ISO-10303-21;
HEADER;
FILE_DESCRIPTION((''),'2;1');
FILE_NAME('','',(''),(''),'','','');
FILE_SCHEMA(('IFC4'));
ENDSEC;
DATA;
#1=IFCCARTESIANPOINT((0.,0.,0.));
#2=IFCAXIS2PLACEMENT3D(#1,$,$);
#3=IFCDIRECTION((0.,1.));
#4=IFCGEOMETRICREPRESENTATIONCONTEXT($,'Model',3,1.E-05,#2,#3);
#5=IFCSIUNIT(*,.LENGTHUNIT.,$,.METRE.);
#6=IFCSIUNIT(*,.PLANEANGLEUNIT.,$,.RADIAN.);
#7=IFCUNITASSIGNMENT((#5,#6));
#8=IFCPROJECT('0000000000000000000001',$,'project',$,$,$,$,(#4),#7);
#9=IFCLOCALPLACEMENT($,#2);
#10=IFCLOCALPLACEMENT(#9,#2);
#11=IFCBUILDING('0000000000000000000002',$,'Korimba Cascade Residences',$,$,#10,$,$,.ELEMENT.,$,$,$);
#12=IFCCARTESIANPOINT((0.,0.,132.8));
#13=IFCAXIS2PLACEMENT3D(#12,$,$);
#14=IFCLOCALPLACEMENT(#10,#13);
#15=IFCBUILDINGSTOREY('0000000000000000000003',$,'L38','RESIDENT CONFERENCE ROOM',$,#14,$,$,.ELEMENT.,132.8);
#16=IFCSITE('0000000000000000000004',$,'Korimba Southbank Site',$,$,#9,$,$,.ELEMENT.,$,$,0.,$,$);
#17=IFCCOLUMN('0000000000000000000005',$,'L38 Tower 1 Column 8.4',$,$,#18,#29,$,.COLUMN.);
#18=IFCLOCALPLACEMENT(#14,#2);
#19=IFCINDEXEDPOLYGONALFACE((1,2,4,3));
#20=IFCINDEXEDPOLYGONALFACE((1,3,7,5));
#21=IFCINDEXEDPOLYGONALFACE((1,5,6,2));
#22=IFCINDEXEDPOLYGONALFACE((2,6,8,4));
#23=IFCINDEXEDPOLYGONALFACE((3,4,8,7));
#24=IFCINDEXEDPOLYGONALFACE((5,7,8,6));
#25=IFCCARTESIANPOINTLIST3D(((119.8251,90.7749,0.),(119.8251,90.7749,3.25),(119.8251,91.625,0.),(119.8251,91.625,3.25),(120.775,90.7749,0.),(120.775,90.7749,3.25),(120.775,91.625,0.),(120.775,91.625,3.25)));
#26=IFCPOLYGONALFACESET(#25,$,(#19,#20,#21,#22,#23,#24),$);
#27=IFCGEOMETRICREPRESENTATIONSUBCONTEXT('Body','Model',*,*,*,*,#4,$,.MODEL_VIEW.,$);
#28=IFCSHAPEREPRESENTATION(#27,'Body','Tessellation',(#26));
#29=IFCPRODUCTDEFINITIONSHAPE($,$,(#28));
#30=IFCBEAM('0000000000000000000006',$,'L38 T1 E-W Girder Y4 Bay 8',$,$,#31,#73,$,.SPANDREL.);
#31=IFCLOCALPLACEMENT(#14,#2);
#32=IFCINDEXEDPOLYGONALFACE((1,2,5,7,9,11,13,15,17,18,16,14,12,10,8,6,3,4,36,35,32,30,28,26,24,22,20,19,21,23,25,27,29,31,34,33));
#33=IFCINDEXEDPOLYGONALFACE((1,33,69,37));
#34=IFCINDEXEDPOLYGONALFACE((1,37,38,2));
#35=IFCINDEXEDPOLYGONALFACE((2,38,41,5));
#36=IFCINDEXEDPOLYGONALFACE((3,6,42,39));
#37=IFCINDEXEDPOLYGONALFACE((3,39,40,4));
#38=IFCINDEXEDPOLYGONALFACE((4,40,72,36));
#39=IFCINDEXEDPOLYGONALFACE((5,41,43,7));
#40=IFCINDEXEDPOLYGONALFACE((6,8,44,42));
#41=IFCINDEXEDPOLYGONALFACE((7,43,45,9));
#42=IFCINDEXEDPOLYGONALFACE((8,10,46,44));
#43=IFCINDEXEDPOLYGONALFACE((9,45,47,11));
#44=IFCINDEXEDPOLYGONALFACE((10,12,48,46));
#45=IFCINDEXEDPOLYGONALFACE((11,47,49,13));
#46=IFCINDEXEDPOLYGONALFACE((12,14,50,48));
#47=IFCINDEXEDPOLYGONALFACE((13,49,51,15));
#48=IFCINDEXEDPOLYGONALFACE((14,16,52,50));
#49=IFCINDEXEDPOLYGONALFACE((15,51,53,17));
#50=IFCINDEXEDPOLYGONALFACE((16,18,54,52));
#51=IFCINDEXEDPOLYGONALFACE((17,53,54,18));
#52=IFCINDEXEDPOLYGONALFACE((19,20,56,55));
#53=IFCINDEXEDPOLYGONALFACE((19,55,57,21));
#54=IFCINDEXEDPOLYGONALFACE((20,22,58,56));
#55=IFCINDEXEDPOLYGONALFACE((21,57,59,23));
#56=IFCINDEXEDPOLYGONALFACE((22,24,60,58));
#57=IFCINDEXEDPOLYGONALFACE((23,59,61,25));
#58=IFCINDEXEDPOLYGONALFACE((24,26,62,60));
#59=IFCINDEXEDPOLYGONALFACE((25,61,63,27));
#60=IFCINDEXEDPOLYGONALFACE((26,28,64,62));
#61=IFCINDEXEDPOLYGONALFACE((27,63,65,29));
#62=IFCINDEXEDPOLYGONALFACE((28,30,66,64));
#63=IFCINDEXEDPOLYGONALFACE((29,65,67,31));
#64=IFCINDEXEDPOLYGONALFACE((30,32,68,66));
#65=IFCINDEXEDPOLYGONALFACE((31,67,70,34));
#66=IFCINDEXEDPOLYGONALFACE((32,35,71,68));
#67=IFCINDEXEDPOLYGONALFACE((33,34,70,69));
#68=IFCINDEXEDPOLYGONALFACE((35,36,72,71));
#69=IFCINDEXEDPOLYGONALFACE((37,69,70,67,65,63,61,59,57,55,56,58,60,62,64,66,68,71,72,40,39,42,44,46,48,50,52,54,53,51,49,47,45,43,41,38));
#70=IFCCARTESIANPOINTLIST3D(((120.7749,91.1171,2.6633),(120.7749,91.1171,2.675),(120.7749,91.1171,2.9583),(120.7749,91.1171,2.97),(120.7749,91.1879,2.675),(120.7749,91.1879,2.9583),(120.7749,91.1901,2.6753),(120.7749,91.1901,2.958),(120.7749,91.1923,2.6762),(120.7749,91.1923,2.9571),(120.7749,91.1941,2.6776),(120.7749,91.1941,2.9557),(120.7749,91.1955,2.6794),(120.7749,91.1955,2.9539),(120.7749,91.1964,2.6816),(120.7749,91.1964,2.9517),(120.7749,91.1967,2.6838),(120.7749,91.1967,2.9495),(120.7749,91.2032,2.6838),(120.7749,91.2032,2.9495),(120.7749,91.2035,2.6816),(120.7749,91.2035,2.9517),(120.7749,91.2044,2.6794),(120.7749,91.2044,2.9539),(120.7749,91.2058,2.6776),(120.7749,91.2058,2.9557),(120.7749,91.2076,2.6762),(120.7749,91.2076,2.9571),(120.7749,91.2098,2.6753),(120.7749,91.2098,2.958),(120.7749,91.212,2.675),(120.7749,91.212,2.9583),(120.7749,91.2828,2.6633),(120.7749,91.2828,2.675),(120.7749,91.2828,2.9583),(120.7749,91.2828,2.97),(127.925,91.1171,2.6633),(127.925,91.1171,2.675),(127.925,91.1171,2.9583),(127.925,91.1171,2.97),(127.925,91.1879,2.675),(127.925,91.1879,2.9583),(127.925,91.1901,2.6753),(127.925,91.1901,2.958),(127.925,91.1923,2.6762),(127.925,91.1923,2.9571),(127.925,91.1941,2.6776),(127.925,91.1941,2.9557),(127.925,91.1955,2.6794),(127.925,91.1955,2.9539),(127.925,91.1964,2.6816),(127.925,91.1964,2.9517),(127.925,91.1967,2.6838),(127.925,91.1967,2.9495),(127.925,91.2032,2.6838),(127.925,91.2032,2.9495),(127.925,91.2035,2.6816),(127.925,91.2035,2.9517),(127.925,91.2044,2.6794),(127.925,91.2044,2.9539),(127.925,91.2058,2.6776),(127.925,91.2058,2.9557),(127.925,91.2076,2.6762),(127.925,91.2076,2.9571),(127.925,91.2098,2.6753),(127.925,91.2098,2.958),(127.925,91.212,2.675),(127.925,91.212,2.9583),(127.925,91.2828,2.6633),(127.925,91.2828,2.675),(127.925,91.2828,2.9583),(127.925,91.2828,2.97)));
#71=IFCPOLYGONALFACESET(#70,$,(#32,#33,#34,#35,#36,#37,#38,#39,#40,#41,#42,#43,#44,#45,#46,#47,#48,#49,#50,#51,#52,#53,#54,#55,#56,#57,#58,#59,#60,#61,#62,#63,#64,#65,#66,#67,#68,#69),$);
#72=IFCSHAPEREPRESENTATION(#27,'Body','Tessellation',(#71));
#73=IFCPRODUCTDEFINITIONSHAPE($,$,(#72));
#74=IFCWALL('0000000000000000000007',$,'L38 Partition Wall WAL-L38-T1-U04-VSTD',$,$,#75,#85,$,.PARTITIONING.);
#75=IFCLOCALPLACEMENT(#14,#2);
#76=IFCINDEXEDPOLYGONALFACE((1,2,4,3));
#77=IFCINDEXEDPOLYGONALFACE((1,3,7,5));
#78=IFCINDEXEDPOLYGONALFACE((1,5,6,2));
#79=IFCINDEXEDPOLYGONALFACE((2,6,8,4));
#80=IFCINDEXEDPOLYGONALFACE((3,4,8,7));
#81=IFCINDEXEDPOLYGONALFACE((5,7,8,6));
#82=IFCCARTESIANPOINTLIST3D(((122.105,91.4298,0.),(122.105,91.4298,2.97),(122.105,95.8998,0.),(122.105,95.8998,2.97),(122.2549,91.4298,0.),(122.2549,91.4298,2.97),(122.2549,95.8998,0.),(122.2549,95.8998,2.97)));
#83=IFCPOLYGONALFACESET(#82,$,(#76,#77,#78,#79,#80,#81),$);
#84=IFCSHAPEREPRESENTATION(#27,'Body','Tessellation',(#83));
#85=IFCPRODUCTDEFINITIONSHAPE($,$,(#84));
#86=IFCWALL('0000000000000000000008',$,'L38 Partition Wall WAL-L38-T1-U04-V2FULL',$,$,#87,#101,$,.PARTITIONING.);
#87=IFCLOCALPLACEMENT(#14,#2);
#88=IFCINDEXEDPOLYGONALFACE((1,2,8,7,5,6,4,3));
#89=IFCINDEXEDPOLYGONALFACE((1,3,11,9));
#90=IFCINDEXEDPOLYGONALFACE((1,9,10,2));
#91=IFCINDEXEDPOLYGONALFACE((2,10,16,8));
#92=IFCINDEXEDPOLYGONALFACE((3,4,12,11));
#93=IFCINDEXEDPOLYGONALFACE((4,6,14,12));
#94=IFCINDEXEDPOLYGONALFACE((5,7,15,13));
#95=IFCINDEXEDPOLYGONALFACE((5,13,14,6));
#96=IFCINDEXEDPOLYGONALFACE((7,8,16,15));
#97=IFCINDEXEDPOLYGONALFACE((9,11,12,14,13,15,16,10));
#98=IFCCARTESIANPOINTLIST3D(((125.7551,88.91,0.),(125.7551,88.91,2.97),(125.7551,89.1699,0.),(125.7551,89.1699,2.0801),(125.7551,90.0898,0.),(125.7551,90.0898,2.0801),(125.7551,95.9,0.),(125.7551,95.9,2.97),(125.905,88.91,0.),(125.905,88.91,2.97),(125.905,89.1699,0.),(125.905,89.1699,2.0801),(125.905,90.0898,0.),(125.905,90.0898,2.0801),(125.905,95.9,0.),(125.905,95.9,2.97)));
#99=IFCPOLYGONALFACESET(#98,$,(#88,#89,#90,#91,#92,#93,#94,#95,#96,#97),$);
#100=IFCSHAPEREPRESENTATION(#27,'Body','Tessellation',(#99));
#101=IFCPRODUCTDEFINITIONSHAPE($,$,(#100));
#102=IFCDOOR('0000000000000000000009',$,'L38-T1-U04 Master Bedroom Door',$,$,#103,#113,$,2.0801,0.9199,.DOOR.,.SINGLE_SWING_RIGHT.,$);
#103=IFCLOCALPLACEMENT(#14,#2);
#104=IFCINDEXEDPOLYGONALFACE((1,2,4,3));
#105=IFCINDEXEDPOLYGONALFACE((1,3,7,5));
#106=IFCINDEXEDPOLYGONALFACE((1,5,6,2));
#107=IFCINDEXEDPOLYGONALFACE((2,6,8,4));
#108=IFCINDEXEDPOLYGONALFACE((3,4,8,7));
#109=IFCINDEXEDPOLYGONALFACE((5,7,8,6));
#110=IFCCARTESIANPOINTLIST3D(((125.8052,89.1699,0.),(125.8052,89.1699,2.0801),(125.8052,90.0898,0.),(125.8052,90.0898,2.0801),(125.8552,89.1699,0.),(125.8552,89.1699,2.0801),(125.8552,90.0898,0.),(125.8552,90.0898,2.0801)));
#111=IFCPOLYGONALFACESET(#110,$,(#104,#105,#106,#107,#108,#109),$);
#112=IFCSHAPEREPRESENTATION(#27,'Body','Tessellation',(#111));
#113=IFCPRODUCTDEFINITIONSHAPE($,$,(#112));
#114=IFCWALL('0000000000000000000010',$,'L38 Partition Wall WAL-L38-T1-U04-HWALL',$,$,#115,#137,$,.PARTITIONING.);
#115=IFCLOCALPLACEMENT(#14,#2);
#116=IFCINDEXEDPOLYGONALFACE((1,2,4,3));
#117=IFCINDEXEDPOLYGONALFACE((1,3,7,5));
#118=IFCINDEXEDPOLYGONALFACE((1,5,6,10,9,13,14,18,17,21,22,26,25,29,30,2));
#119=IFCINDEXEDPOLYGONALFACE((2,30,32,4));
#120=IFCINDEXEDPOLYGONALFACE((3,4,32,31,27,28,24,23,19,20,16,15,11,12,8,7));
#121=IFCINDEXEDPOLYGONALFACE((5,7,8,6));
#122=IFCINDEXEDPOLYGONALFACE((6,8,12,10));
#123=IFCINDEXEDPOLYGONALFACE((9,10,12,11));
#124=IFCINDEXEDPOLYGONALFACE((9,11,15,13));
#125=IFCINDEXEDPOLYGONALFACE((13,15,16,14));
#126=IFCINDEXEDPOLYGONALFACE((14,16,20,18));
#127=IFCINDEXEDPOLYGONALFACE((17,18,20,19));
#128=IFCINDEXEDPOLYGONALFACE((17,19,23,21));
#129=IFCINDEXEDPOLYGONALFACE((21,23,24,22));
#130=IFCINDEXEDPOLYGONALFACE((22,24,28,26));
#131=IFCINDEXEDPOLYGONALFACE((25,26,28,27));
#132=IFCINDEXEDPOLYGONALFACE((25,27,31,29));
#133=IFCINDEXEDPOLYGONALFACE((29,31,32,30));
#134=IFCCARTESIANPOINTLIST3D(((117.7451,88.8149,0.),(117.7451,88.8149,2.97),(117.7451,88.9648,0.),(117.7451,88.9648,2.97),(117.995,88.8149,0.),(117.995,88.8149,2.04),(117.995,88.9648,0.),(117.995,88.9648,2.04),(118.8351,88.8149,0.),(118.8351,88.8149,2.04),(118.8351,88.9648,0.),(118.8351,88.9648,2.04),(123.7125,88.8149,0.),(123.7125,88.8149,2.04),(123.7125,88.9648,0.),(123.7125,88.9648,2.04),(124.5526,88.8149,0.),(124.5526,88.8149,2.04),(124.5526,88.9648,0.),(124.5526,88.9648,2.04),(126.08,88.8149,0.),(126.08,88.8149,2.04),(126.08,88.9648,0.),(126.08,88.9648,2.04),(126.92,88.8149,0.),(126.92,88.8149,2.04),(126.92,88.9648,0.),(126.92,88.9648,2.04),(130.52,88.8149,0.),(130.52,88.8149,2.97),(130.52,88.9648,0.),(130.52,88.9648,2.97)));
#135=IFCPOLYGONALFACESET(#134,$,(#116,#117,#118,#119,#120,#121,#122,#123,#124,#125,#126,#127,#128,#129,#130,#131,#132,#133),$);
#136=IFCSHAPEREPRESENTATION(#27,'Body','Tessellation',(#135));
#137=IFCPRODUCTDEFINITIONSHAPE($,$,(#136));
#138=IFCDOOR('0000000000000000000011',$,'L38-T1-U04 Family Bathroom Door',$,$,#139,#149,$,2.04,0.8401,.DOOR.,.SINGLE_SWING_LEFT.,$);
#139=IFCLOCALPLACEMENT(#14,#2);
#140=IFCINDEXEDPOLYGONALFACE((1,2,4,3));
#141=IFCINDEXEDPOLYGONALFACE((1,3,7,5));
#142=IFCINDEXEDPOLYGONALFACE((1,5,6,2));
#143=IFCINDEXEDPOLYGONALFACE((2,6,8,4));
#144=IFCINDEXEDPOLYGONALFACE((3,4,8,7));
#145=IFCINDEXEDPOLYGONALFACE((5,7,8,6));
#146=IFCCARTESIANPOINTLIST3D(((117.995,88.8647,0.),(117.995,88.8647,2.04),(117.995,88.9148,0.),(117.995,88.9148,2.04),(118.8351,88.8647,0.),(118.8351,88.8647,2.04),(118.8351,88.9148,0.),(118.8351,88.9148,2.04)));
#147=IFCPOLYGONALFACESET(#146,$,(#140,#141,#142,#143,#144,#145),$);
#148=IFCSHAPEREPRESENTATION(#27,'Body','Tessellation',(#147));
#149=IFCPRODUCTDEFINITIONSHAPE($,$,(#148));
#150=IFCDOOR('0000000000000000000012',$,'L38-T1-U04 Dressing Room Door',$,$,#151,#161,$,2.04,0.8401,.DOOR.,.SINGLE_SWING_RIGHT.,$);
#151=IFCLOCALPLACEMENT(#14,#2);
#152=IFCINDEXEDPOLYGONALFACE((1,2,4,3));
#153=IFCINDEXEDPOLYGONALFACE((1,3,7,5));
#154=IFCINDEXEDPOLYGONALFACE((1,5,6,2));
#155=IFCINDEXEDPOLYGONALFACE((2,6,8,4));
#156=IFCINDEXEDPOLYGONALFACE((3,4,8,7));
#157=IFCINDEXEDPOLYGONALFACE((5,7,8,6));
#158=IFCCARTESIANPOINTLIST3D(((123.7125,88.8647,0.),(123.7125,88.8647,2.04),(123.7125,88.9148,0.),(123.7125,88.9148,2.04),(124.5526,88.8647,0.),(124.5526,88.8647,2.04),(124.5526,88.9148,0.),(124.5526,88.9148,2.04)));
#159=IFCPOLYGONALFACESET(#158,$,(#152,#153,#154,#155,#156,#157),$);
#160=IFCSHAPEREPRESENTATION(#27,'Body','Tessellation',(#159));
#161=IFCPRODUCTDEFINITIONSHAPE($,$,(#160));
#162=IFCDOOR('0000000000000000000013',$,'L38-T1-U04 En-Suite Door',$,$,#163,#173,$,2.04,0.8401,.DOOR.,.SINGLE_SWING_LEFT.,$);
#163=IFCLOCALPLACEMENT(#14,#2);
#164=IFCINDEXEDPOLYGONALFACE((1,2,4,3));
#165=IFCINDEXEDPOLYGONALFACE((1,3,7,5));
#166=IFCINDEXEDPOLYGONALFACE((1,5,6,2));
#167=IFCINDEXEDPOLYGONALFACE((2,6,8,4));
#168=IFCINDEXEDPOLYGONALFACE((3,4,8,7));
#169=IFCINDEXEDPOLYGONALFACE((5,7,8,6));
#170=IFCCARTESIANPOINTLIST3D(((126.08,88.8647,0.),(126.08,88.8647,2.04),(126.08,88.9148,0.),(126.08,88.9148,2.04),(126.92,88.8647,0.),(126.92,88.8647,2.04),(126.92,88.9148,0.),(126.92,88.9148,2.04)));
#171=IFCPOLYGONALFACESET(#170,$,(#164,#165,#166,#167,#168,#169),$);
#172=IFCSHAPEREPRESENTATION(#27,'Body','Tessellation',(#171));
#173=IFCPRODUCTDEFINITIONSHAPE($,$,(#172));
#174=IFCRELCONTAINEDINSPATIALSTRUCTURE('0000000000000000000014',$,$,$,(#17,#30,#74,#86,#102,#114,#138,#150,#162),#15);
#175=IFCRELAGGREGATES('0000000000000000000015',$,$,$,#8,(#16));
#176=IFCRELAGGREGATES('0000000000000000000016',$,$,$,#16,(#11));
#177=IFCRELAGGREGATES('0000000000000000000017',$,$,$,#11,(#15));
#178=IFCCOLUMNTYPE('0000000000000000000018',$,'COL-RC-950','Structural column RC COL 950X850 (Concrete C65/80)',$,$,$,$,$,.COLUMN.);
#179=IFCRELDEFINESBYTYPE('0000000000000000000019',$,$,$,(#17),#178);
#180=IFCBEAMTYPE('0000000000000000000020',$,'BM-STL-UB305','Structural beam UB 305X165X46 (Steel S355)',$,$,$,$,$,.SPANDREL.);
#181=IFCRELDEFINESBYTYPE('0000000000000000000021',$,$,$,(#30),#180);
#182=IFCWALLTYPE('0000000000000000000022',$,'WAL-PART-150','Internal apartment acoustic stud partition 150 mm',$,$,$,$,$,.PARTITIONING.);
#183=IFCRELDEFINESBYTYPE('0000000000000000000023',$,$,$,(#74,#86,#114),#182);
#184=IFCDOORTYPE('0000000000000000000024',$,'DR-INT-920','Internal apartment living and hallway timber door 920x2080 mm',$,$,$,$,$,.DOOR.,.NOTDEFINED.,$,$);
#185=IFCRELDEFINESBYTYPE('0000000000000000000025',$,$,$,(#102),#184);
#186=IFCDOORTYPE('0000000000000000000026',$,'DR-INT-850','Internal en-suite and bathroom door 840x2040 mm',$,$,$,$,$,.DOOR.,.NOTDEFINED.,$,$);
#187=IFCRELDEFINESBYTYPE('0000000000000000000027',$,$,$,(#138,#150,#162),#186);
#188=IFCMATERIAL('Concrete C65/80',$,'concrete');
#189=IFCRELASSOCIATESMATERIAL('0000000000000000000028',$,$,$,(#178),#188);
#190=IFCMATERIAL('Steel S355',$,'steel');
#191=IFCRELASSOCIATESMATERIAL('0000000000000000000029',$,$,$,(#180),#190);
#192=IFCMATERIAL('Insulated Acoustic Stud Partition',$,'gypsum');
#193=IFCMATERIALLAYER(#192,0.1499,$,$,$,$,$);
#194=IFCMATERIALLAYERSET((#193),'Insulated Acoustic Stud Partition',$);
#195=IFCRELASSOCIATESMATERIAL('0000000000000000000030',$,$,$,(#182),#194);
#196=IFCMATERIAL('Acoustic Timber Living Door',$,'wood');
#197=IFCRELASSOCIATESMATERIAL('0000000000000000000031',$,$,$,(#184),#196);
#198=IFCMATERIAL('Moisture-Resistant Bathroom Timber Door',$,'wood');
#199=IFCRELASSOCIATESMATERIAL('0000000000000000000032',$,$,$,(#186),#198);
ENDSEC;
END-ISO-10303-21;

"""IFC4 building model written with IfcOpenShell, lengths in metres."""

from ifc_helpers import new_model, si_unit, direction, frame, frame_2d, origin, origin_2d, place, context, subcontext, project, spatial, rectangle, i_section, extrude, material, layer, layer_set, material_profile, profile_set, type_object, element, fill, save


model = new_model("IFC4")

# Units and contexts
model_context = context("Model", 3, precision=1e-05, world=origin(), true_north=direction((0.0, 1.0)))
body_context = subcontext(model_context, "Body", "Model", "MODEL_VIEW")
ifc_project = project(units=[si_unit("LENGTHUNIT", "METRE"), si_unit("PLANEANGLEUNIT", "RADIAN")], contexts=[model_context])

# Site, building, storey
site_placement = place(None, origin())
site = spatial("IfcSite", under=ifc_project, at=site_placement, Name="Korimba Southbank Site", CompositionType="ELEMENT", RefElevation=0.0)
building_placement = place(site_placement, origin())
building = spatial("IfcBuilding", under=site, at=building_placement, Name="Korimba Cascade Residences", CompositionType="ELEMENT")
storey_placement = place(building_placement, frame((0.0, 0.0, 132.8)))
storey = spatial("IfcBuildingStorey", under=building, at=storey_placement, Name="L38", Description="RESIDENT CONFERENCE ROOM", CompositionType="ELEMENT", Elevation=132.8)

# Column
ifc_material_1 = material(Name="Concrete C65/80", Category="concrete")
ifc_material_profile_1 = material_profile(ifc_material_1, rectangle(XDim=0.95, YDim=0.8501, at=origin_2d()), Name="Concrete C65/80")
ifc_profile_set_1 = profile_set([ifc_material_profile_1], Name="Concrete C65/80")
column_type = type_object("IfcColumnType", Name="COL-RC-950", Description="Structural column RC COL 950X850 (Concrete C65/80)", PredefinedType="COLUMN", material=ifc_profile_set_1)
column_placement = place(storey_placement, frame((120.3, 91.2, 0.0), z_axis=(0.0, 0.0, 1.0), x_axis=(1.0, 0.0, 0.0)))
element("IfcColumn", 1, at=column_placement, inside=storey, type_object=column_type, Name="L38 Tower 1 Column 8.4", PredefinedType="COLUMN", context=body_context, shape_type="SweptSolid", body=[
    extrude(rectangle(XDim=0.95, YDim=0.8501, at=origin_2d()), origin(), (0.0, 0.0, 1.0), 3.25),
])

# Beam
ifc_material_2 = material(Name="Steel S355", Category="steel")
ifc_material_profile_2 = material_profile(ifc_material_2, i_section(OverallWidth=0.1658, OverallDepth=0.3066, WebThickness=0.0066, FlangeThickness=0.0117, FilletRadius=0.0088, at=origin_2d()), Name="Steel S355")
ifc_profile_set_2 = profile_set([ifc_material_profile_2], Name="Steel S355")
beam_type = type_object("IfcBeamType", Name="BM-STL-UB305", Description="Structural beam UB 305X165X46 (Steel S355)", PredefinedType="SPANDREL", material=ifc_profile_set_2)
beam_placement = place(storey_placement, frame((120.7749, 91.2, 2.8167), z_axis=(1.0, 0.0, 0.0), x_axis=(0.0, 1.0, 0.0)))
element("IfcBeam", 2, at=beam_placement, inside=storey, type_object=beam_type, Name="L38 T1 E-W Girder Y4 Bay 8", PredefinedType="SPANDREL", context=body_context, shape_type="SweptSolid", body=[
    extrude(i_section(OverallWidth=0.1658, OverallDepth=0.3066, WebThickness=0.0066, FlangeThickness=0.0117, FilletRadius=0.0088, at=origin_2d()), origin(), (0.0, 0.0, 1.0), 7.1501),
])

# Wall
ifc_material_3 = material(Name="Insulated Acoustic Stud Partition", Category="gypsum")
ifc_layer = layer(ifc_material_3, 0.1499)
ifc_layer_set = layer_set([ifc_layer], Name="Insulated Acoustic Stud Partition")
wall_type = type_object("IfcWallType", Name="WAL-PART-150", Description="Internal apartment acoustic stud partition 150 mm", PredefinedType="PARTITIONING", material=ifc_layer_set)
wall_1_placement = place(storey_placement, frame((122.1799, 91.4299, 0.0), z_axis=(0.0, 0.0, 1.0), x_axis=(0.0, 1.0, 0.0)))
element("IfcWall", 3, at=wall_1_placement, inside=storey, type_object=wall_type, Name="L38 Partition Wall WAL-L38-T1-U04-VSTD", PredefinedType="PARTITIONING", context=body_context, shape_type="SweptSolid", body=[
    extrude(rectangle(XDim=4.47, YDim=0.1499, at=frame_2d((2.2349, 0.0))), origin(), (0.0, 0.0, 1.0), 2.97),
])

# Wall, opening, door
wall_2_placement = place(storey_placement, frame((125.8301, 88.9099, 0.0), z_axis=(0.0, 0.0, 1.0), x_axis=(0.0, 1.0, 0.0)))
wall_2 = element("IfcWall", 4, at=wall_2_placement, inside=storey, type_object=wall_type, Name="L38 Partition Wall WAL-L38-T1-U04-V2FULL", PredefinedType="PARTITIONING", context=body_context, shape_type="SweptSolid", body=[
    extrude(rectangle(XDim=6.99, YDim=0.1499, at=frame_2d((3.4951, 0.0))), origin(), (0.0, 0.0, 1.0), 2.97),
])
opening_1_placement = place(wall_2_placement, frame((0.26, 0.0, 0.0)))
opening_1 = element("IfcOpeningElement", 5, at=opening_1_placement, cuts=wall_2, PredefinedType="OPENING", context=body_context, shape_type="SweptSolid", body=[
    extrude(rectangle(XDim=0.9199, YDim=2.0801, at=frame_2d((0.46, 1.04))), frame((0.0, 0.085, 0.0), z_axis=(0.0, -1.0, 0.0), x_axis=(1.0, 0.0, 0.0)), (0.0, 0.0, 1.0), 0.1699),
])
ifc_material_4 = material(Name="Acoustic Timber Living Door", Category="wood")
door_type_1 = type_object("IfcDoorType", Name="DR-INT-920", Description="Internal apartment living and hallway timber door 920x2080 mm", OperationType="NOTDEFINED", PredefinedType="DOOR", material=ifc_material_4)
door_1_placement = place(opening_1_placement, origin())
door_1 = element("IfcDoor", 6, at=door_1_placement, inside=storey, type_object=door_type_1, Name="L38-T1-U04 Master Bedroom Door", OperationType="SINGLE_SWING_RIGHT", OverallHeight=2.0801, OverallWidth=0.9199, PredefinedType="DOOR", context=body_context, shape_type="SweptSolid", body=[
    extrude(rectangle(XDim=0.9199, YDim=2.0801, at=frame_2d((0.46, 1.04))), frame((0.0, 0.0249, 0.0), z_axis=(0.0, -1.0, 0.0), x_axis=(1.0, 0.0, 0.0)), (0.0, 0.0, 1.0), 0.05),
])
fill(opening_1, door_1)

# Wall, openings, doors
wall_3_placement = place(storey_placement, frame((117.7451, 88.8899, 0.0), z_axis=(0.0, 0.0, 1.0), x_axis=(1.0, 0.0, 0.0)))
wall_3 = element("IfcWall", 7, at=wall_3_placement, inside=storey, type_object=wall_type, Name="L38 Partition Wall WAL-L38-T1-U04-HWALL", PredefinedType="PARTITIONING", context=body_context, shape_type="SweptSolid", body=[
    extrude(rectangle(XDim=12.7749, YDim=0.1499, at=frame_2d((6.3875, 0.0))), origin(), (0.0, 0.0, 1.0), 2.97),
])
opening_2_placement = place(wall_3_placement, frame((0.25, 0.0, 0.0)))
opening_2 = element("IfcOpeningElement", 8, at=opening_2_placement, cuts=wall_3, PredefinedType="OPENING", context=body_context, shape_type="SweptSolid", body=[
    extrude(rectangle(XDim=0.8401, YDim=2.04, at=frame_2d((0.4199, 1.02))), frame((0.0, 0.085, 0.0), z_axis=(0.0, -1.0, 0.0), x_axis=(1.0, 0.0, 0.0)), (0.0, 0.0, 1.0), 0.1699),
])
opening_3_placement = place(wall_3_placement, frame((5.9675, 0.0, 0.0)))
opening_3 = element("IfcOpeningElement", 9, at=opening_3_placement, cuts=wall_3, PredefinedType="OPENING", context=body_context, shape_type="SweptSolid", body=[
    extrude(rectangle(XDim=0.8401, YDim=2.04, at=frame_2d((0.4199, 1.02))), frame((0.0, 0.085, 0.0), z_axis=(0.0, -1.0, 0.0), x_axis=(1.0, 0.0, 0.0)), (0.0, 0.0, 1.0), 0.1699),
])
opening_4_placement = place(wall_3_placement, frame((8.335, 0.0, 0.0)))
opening_4 = element("IfcOpeningElement", 10, at=opening_4_placement, cuts=wall_3, PredefinedType="OPENING", context=body_context, shape_type="SweptSolid", body=[
    extrude(rectangle(XDim=0.8401, YDim=2.04, at=frame_2d((0.4199, 1.02))), frame((0.0, 0.085, 0.0), z_axis=(0.0, -1.0, 0.0), x_axis=(1.0, 0.0, 0.0)), (0.0, 0.0, 1.0), 0.1699),
])
ifc_material_5 = material(Name="Moisture-Resistant Bathroom Timber Door", Category="wood")
door_type_2 = type_object("IfcDoorType", Name="DR-INT-850", Description="Internal en-suite and bathroom door 840x2040 mm", OperationType="NOTDEFINED", PredefinedType="DOOR", material=ifc_material_5)
door_2_placement = place(opening_2_placement, origin())
door_2 = element("IfcDoor", 11, at=door_2_placement, inside=storey, type_object=door_type_2, Name="L38-T1-U04 Family Bathroom Door", OperationType="SINGLE_SWING_LEFT", OverallHeight=2.04, OverallWidth=0.8401, PredefinedType="DOOR", context=body_context, shape_type="SweptSolid", body=[
    extrude(rectangle(XDim=0.8401, YDim=2.04, at=frame_2d((0.4199, 1.02))), frame((0.0, 0.0249, 0.0), z_axis=(0.0, -1.0, 0.0), x_axis=(1.0, 0.0, 0.0)), (0.0, 0.0, 1.0), 0.05),
])
fill(opening_2, door_2)
door_3_placement = place(opening_3_placement, origin())
door_3 = element("IfcDoor", 12, at=door_3_placement, inside=storey, type_object=door_type_2, Name="L38-T1-U04 Dressing Room Door", OperationType="SINGLE_SWING_RIGHT", OverallHeight=2.04, OverallWidth=0.8401, PredefinedType="DOOR", context=body_context, shape_type="SweptSolid", body=[
    extrude(rectangle(XDim=0.8401, YDim=2.04, at=frame_2d((0.4199, 1.02))), frame((0.0, 0.0249, 0.0), z_axis=(0.0, -1.0, 0.0), x_axis=(1.0, 0.0, 0.0)), (0.0, 0.0, 1.0), 0.05),
])
fill(opening_3, door_3)
door_4_placement = place(opening_4_placement, origin())
door_4 = element("IfcDoor", 13, at=door_4_placement, inside=storey, type_object=door_type_2, Name="L38-T1-U04 En-Suite Door", OperationType="SINGLE_SWING_LEFT", OverallHeight=2.04, OverallWidth=0.8401, PredefinedType="DOOR", context=body_context, shape_type="SweptSolid", body=[
    extrude(rectangle(XDim=0.8401, YDim=2.04, at=frame_2d((0.4199, 1.02))), frame((0.0, 0.0249, 0.0), z_axis=(0.0, -1.0, 0.0), x_axis=(1.0, 0.0, 0.0)), (0.0, 0.0, 1.0), 0.05),
])
fill(opening_4, door_4)

save(model, "model.ifc")
